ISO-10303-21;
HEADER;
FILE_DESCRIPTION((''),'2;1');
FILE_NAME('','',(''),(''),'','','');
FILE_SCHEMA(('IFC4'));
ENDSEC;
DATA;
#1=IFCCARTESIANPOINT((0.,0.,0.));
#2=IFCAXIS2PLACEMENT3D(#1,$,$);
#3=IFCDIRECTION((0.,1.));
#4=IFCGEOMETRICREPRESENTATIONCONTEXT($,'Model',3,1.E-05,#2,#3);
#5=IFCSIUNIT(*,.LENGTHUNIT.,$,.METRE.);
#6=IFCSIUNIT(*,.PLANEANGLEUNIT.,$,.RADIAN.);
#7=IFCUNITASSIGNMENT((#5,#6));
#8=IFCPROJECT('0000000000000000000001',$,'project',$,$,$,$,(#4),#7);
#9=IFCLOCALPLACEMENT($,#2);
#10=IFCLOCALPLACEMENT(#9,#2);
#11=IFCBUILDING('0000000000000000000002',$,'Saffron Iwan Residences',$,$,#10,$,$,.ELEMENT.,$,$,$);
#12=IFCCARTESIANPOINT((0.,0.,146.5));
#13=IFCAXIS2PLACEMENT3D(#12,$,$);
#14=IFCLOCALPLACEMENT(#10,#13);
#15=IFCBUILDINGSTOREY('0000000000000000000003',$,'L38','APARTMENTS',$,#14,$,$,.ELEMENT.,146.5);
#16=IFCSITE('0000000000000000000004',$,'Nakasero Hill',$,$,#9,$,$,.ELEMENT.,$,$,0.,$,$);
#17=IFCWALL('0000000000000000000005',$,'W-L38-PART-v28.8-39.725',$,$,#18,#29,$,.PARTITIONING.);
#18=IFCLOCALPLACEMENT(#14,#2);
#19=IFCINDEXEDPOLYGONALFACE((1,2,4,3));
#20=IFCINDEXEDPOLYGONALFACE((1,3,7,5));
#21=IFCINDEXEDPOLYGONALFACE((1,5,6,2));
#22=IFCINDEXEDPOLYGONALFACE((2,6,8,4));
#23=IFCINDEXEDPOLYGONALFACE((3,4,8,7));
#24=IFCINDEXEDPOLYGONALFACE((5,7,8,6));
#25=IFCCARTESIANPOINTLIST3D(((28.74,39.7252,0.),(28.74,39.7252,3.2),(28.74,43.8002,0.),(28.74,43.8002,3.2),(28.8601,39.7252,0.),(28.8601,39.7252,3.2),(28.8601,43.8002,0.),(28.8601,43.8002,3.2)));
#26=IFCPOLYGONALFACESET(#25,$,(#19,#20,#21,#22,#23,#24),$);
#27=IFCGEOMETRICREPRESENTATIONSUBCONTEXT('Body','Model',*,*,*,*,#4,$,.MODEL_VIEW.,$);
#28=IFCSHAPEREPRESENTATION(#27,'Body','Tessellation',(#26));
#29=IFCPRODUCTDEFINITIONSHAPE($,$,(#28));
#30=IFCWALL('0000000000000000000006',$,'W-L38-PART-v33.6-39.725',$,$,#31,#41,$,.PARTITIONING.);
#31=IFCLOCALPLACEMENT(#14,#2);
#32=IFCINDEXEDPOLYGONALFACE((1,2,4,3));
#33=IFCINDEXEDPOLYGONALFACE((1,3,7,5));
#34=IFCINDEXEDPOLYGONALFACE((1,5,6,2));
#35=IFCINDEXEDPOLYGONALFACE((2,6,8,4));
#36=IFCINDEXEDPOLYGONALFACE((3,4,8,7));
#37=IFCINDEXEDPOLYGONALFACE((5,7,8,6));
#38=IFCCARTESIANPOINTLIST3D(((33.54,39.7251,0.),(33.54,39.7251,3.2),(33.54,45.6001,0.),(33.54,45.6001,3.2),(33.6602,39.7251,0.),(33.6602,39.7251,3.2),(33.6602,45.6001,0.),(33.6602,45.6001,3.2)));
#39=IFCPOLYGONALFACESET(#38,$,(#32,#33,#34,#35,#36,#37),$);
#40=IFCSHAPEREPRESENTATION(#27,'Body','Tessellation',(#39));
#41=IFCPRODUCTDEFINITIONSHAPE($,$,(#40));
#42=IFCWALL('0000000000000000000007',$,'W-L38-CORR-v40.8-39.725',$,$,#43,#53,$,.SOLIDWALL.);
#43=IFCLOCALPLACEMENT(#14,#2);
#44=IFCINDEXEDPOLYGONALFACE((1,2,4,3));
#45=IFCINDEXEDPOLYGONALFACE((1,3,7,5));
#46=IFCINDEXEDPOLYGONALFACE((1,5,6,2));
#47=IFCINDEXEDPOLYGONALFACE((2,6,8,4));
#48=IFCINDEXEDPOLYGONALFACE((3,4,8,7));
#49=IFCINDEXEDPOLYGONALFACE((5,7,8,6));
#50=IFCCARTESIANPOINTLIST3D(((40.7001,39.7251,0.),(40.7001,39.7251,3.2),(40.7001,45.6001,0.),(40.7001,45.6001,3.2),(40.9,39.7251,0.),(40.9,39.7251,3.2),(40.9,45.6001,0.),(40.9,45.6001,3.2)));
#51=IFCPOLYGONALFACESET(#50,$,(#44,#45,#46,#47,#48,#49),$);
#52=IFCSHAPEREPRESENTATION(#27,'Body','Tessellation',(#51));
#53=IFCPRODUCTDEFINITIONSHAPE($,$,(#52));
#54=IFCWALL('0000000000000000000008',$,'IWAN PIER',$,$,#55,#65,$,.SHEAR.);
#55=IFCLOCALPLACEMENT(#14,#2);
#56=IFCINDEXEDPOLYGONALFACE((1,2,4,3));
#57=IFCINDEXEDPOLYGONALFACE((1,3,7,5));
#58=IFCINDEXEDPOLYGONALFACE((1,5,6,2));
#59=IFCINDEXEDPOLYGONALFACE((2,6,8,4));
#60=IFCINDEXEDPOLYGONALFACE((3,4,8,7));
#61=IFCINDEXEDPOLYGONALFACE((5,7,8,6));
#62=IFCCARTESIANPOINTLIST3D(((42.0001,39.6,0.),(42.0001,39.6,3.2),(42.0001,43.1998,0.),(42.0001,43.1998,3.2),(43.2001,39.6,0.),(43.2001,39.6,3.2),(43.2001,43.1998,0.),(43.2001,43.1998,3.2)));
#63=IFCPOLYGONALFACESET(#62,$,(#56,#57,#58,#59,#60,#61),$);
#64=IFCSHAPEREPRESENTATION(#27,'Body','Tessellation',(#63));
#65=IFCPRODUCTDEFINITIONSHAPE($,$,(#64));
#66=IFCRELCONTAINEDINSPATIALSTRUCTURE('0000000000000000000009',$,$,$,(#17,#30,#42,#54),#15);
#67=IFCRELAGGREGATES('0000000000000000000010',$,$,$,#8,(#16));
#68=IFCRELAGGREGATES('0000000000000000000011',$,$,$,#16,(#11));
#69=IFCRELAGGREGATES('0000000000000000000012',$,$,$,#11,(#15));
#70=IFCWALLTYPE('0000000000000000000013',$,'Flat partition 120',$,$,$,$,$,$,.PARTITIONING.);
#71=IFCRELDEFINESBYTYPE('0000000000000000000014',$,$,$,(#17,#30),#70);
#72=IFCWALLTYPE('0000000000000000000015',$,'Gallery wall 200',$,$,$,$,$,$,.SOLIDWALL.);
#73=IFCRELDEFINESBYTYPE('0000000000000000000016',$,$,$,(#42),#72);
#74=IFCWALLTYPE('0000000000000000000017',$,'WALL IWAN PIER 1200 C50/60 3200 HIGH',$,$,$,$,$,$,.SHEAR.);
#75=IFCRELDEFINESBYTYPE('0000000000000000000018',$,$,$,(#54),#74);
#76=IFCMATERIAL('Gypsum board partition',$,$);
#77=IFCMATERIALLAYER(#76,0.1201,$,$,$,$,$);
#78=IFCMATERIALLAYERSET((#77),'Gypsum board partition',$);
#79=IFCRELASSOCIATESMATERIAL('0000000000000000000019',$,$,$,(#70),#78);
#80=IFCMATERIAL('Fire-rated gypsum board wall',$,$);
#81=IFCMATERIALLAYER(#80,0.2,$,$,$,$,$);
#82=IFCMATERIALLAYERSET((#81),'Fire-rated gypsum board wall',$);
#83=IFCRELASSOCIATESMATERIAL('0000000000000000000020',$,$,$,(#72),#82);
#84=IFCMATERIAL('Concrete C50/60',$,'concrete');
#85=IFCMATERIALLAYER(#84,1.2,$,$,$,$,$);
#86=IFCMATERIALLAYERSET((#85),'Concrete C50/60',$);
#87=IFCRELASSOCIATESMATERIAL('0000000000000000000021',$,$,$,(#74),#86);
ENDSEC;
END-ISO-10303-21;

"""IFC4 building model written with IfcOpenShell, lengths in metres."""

from ifc_helpers import new_model, si_unit, direction, frame, frame_2d, origin, place, context, subcontext, project, spatial, rectangle, extrude, material, layer, layer_set, type_object, element, save


model = new_model("IFC4")

# Units and contexts
model_context = context("Model", 3, precision=1e-05, world=origin(), true_north=direction((0.0, 1.0)))
body_context = subcontext(model_context, "Body", "Model", "MODEL_VIEW")
ifc_project = project(units=[si_unit("LENGTHUNIT", "METRE"), si_unit("PLANEANGLEUNIT", "RADIAN")], contexts=[model_context])

# Site, building, storey
site_placement = place(None, origin())
site = spatial("IfcSite", under=ifc_project, at=site_placement, Name="Nakasero Hill", CompositionType="ELEMENT", RefElevation=0.0)
building_placement = place(site_placement, origin())
building = spatial("IfcBuilding", under=site, at=building_placement, Name="Saffron Iwan Residences", CompositionType="ELEMENT")
storey_placement = place(building_placement, frame((0.0, 0.0, 146.5)))
storey = spatial("IfcBuildingStorey", under=building, at=storey_placement, Name="L38", Description="APARTMENTS", CompositionType="ELEMENT", Elevation=146.5)

# Shared definitions
ifc_material_1 = material(Name="Concrete C50/60", Category="concrete")

# Shared definitions
ifc_material_2 = material(Name="Gypsum board partition")
ifc_layer_1 = layer(ifc_material_2, 0.1201)
ifc_layer_set_1 = layer_set([ifc_layer_1], Name="Gypsum board partition")
wall_type_1 = type_object("IfcWallType", Name="Flat partition 120", PredefinedType="PARTITIONING", material=ifc_layer_set_1)

# Walls
wall_1_placement = place(storey_placement, frame((28.8, 39.7251, 0.0), z_axis=(0.0, 0.0, 1.0), x_axis=(0.0, 1.0, 0.0)))
element("IfcWall", 1, at=wall_1_placement, inside=storey, type_object=wall_type_1, Name="W-L38-PART-v28.8-39.725", PredefinedType="PARTITIONING", context=body_context, shape_type="SweptSolid", body=[
    extrude(rectangle(XDim=4.075, YDim=0.1201, at=frame_2d((2.0376, 0.0))), origin(), (0.0, 0.0, 1.0), 3.2),
])
wall_2_placement = place(storey_placement, frame((33.6001, 39.7251, 0.0), z_axis=(0.0, 0.0, 1.0), x_axis=(0.0, 1.0, 0.0)))
element("IfcWall", 2, at=wall_2_placement, inside=storey, type_object=wall_type_1, Name="W-L38-PART-v33.6-39.725", PredefinedType="PARTITIONING", context=body_context, shape_type="SweptSolid", body=[
    extrude(rectangle(XDim=5.875, YDim=0.1201, at=frame_2d((2.9375, 0.0))), origin(), (0.0, 0.0, 1.0), 3.2),
])
ifc_material_3 = material(Name="Fire-rated gypsum board wall")
ifc_layer_2 = layer(ifc_material_3, 0.2)
ifc_layer_set_2 = layer_set([ifc_layer_2], Name="Fire-rated gypsum board wall")
wall_type_2 = type_object("IfcWallType", Name="Gallery wall 200", PredefinedType="SOLIDWALL", material=ifc_layer_set_2)
wall_3_placement = place(storey_placement, frame((40.8, 39.7251, 0.0), z_axis=(0.0, 0.0, 1.0), x_axis=(0.0, 1.0, 0.0)))
element("IfcWall", 3, at=wall_3_placement, inside=storey, type_object=wall_type_2, Name="W-L38-CORR-v40.8-39.725", PredefinedType="SOLIDWALL", context=body_context, shape_type="SweptSolid", body=[
    extrude(rectangle(XDim=5.875, YDim=0.2, at=frame_2d((2.9375, 0.0))), origin(), (0.0, 0.0, 1.0), 3.2),
])
ifc_layer_3 = layer(ifc_material_1, 1.2)
ifc_layer_set_3 = layer_set([ifc_layer_3], Name="Concrete C50/60")
wall_type_3 = type_object("IfcWallType", Name="WALL IWAN PIER 1200 C50/60 3200 HIGH", PredefinedType="SHEAR", material=ifc_layer_set_3)
wall_4_placement = place(storey_placement, frame((42.6001, 39.6001, 0.0), z_axis=(0.0, 0.0, 1.0), x_axis=(0.0, 1.0, 0.0)))
element("IfcWall", 4, at=wall_4_placement, inside=storey, type_object=wall_type_3, Name="IWAN PIER", PredefinedType="SHEAR", context=body_context, shape_type="SweptSolid", body=[
    extrude(rectangle(XDim=3.5999, YDim=1.2, at=frame_2d((1.7998, 0.0))), origin(), (0.0, 0.0, 1.0), 3.2),
])

save(model, "model.ifc")
